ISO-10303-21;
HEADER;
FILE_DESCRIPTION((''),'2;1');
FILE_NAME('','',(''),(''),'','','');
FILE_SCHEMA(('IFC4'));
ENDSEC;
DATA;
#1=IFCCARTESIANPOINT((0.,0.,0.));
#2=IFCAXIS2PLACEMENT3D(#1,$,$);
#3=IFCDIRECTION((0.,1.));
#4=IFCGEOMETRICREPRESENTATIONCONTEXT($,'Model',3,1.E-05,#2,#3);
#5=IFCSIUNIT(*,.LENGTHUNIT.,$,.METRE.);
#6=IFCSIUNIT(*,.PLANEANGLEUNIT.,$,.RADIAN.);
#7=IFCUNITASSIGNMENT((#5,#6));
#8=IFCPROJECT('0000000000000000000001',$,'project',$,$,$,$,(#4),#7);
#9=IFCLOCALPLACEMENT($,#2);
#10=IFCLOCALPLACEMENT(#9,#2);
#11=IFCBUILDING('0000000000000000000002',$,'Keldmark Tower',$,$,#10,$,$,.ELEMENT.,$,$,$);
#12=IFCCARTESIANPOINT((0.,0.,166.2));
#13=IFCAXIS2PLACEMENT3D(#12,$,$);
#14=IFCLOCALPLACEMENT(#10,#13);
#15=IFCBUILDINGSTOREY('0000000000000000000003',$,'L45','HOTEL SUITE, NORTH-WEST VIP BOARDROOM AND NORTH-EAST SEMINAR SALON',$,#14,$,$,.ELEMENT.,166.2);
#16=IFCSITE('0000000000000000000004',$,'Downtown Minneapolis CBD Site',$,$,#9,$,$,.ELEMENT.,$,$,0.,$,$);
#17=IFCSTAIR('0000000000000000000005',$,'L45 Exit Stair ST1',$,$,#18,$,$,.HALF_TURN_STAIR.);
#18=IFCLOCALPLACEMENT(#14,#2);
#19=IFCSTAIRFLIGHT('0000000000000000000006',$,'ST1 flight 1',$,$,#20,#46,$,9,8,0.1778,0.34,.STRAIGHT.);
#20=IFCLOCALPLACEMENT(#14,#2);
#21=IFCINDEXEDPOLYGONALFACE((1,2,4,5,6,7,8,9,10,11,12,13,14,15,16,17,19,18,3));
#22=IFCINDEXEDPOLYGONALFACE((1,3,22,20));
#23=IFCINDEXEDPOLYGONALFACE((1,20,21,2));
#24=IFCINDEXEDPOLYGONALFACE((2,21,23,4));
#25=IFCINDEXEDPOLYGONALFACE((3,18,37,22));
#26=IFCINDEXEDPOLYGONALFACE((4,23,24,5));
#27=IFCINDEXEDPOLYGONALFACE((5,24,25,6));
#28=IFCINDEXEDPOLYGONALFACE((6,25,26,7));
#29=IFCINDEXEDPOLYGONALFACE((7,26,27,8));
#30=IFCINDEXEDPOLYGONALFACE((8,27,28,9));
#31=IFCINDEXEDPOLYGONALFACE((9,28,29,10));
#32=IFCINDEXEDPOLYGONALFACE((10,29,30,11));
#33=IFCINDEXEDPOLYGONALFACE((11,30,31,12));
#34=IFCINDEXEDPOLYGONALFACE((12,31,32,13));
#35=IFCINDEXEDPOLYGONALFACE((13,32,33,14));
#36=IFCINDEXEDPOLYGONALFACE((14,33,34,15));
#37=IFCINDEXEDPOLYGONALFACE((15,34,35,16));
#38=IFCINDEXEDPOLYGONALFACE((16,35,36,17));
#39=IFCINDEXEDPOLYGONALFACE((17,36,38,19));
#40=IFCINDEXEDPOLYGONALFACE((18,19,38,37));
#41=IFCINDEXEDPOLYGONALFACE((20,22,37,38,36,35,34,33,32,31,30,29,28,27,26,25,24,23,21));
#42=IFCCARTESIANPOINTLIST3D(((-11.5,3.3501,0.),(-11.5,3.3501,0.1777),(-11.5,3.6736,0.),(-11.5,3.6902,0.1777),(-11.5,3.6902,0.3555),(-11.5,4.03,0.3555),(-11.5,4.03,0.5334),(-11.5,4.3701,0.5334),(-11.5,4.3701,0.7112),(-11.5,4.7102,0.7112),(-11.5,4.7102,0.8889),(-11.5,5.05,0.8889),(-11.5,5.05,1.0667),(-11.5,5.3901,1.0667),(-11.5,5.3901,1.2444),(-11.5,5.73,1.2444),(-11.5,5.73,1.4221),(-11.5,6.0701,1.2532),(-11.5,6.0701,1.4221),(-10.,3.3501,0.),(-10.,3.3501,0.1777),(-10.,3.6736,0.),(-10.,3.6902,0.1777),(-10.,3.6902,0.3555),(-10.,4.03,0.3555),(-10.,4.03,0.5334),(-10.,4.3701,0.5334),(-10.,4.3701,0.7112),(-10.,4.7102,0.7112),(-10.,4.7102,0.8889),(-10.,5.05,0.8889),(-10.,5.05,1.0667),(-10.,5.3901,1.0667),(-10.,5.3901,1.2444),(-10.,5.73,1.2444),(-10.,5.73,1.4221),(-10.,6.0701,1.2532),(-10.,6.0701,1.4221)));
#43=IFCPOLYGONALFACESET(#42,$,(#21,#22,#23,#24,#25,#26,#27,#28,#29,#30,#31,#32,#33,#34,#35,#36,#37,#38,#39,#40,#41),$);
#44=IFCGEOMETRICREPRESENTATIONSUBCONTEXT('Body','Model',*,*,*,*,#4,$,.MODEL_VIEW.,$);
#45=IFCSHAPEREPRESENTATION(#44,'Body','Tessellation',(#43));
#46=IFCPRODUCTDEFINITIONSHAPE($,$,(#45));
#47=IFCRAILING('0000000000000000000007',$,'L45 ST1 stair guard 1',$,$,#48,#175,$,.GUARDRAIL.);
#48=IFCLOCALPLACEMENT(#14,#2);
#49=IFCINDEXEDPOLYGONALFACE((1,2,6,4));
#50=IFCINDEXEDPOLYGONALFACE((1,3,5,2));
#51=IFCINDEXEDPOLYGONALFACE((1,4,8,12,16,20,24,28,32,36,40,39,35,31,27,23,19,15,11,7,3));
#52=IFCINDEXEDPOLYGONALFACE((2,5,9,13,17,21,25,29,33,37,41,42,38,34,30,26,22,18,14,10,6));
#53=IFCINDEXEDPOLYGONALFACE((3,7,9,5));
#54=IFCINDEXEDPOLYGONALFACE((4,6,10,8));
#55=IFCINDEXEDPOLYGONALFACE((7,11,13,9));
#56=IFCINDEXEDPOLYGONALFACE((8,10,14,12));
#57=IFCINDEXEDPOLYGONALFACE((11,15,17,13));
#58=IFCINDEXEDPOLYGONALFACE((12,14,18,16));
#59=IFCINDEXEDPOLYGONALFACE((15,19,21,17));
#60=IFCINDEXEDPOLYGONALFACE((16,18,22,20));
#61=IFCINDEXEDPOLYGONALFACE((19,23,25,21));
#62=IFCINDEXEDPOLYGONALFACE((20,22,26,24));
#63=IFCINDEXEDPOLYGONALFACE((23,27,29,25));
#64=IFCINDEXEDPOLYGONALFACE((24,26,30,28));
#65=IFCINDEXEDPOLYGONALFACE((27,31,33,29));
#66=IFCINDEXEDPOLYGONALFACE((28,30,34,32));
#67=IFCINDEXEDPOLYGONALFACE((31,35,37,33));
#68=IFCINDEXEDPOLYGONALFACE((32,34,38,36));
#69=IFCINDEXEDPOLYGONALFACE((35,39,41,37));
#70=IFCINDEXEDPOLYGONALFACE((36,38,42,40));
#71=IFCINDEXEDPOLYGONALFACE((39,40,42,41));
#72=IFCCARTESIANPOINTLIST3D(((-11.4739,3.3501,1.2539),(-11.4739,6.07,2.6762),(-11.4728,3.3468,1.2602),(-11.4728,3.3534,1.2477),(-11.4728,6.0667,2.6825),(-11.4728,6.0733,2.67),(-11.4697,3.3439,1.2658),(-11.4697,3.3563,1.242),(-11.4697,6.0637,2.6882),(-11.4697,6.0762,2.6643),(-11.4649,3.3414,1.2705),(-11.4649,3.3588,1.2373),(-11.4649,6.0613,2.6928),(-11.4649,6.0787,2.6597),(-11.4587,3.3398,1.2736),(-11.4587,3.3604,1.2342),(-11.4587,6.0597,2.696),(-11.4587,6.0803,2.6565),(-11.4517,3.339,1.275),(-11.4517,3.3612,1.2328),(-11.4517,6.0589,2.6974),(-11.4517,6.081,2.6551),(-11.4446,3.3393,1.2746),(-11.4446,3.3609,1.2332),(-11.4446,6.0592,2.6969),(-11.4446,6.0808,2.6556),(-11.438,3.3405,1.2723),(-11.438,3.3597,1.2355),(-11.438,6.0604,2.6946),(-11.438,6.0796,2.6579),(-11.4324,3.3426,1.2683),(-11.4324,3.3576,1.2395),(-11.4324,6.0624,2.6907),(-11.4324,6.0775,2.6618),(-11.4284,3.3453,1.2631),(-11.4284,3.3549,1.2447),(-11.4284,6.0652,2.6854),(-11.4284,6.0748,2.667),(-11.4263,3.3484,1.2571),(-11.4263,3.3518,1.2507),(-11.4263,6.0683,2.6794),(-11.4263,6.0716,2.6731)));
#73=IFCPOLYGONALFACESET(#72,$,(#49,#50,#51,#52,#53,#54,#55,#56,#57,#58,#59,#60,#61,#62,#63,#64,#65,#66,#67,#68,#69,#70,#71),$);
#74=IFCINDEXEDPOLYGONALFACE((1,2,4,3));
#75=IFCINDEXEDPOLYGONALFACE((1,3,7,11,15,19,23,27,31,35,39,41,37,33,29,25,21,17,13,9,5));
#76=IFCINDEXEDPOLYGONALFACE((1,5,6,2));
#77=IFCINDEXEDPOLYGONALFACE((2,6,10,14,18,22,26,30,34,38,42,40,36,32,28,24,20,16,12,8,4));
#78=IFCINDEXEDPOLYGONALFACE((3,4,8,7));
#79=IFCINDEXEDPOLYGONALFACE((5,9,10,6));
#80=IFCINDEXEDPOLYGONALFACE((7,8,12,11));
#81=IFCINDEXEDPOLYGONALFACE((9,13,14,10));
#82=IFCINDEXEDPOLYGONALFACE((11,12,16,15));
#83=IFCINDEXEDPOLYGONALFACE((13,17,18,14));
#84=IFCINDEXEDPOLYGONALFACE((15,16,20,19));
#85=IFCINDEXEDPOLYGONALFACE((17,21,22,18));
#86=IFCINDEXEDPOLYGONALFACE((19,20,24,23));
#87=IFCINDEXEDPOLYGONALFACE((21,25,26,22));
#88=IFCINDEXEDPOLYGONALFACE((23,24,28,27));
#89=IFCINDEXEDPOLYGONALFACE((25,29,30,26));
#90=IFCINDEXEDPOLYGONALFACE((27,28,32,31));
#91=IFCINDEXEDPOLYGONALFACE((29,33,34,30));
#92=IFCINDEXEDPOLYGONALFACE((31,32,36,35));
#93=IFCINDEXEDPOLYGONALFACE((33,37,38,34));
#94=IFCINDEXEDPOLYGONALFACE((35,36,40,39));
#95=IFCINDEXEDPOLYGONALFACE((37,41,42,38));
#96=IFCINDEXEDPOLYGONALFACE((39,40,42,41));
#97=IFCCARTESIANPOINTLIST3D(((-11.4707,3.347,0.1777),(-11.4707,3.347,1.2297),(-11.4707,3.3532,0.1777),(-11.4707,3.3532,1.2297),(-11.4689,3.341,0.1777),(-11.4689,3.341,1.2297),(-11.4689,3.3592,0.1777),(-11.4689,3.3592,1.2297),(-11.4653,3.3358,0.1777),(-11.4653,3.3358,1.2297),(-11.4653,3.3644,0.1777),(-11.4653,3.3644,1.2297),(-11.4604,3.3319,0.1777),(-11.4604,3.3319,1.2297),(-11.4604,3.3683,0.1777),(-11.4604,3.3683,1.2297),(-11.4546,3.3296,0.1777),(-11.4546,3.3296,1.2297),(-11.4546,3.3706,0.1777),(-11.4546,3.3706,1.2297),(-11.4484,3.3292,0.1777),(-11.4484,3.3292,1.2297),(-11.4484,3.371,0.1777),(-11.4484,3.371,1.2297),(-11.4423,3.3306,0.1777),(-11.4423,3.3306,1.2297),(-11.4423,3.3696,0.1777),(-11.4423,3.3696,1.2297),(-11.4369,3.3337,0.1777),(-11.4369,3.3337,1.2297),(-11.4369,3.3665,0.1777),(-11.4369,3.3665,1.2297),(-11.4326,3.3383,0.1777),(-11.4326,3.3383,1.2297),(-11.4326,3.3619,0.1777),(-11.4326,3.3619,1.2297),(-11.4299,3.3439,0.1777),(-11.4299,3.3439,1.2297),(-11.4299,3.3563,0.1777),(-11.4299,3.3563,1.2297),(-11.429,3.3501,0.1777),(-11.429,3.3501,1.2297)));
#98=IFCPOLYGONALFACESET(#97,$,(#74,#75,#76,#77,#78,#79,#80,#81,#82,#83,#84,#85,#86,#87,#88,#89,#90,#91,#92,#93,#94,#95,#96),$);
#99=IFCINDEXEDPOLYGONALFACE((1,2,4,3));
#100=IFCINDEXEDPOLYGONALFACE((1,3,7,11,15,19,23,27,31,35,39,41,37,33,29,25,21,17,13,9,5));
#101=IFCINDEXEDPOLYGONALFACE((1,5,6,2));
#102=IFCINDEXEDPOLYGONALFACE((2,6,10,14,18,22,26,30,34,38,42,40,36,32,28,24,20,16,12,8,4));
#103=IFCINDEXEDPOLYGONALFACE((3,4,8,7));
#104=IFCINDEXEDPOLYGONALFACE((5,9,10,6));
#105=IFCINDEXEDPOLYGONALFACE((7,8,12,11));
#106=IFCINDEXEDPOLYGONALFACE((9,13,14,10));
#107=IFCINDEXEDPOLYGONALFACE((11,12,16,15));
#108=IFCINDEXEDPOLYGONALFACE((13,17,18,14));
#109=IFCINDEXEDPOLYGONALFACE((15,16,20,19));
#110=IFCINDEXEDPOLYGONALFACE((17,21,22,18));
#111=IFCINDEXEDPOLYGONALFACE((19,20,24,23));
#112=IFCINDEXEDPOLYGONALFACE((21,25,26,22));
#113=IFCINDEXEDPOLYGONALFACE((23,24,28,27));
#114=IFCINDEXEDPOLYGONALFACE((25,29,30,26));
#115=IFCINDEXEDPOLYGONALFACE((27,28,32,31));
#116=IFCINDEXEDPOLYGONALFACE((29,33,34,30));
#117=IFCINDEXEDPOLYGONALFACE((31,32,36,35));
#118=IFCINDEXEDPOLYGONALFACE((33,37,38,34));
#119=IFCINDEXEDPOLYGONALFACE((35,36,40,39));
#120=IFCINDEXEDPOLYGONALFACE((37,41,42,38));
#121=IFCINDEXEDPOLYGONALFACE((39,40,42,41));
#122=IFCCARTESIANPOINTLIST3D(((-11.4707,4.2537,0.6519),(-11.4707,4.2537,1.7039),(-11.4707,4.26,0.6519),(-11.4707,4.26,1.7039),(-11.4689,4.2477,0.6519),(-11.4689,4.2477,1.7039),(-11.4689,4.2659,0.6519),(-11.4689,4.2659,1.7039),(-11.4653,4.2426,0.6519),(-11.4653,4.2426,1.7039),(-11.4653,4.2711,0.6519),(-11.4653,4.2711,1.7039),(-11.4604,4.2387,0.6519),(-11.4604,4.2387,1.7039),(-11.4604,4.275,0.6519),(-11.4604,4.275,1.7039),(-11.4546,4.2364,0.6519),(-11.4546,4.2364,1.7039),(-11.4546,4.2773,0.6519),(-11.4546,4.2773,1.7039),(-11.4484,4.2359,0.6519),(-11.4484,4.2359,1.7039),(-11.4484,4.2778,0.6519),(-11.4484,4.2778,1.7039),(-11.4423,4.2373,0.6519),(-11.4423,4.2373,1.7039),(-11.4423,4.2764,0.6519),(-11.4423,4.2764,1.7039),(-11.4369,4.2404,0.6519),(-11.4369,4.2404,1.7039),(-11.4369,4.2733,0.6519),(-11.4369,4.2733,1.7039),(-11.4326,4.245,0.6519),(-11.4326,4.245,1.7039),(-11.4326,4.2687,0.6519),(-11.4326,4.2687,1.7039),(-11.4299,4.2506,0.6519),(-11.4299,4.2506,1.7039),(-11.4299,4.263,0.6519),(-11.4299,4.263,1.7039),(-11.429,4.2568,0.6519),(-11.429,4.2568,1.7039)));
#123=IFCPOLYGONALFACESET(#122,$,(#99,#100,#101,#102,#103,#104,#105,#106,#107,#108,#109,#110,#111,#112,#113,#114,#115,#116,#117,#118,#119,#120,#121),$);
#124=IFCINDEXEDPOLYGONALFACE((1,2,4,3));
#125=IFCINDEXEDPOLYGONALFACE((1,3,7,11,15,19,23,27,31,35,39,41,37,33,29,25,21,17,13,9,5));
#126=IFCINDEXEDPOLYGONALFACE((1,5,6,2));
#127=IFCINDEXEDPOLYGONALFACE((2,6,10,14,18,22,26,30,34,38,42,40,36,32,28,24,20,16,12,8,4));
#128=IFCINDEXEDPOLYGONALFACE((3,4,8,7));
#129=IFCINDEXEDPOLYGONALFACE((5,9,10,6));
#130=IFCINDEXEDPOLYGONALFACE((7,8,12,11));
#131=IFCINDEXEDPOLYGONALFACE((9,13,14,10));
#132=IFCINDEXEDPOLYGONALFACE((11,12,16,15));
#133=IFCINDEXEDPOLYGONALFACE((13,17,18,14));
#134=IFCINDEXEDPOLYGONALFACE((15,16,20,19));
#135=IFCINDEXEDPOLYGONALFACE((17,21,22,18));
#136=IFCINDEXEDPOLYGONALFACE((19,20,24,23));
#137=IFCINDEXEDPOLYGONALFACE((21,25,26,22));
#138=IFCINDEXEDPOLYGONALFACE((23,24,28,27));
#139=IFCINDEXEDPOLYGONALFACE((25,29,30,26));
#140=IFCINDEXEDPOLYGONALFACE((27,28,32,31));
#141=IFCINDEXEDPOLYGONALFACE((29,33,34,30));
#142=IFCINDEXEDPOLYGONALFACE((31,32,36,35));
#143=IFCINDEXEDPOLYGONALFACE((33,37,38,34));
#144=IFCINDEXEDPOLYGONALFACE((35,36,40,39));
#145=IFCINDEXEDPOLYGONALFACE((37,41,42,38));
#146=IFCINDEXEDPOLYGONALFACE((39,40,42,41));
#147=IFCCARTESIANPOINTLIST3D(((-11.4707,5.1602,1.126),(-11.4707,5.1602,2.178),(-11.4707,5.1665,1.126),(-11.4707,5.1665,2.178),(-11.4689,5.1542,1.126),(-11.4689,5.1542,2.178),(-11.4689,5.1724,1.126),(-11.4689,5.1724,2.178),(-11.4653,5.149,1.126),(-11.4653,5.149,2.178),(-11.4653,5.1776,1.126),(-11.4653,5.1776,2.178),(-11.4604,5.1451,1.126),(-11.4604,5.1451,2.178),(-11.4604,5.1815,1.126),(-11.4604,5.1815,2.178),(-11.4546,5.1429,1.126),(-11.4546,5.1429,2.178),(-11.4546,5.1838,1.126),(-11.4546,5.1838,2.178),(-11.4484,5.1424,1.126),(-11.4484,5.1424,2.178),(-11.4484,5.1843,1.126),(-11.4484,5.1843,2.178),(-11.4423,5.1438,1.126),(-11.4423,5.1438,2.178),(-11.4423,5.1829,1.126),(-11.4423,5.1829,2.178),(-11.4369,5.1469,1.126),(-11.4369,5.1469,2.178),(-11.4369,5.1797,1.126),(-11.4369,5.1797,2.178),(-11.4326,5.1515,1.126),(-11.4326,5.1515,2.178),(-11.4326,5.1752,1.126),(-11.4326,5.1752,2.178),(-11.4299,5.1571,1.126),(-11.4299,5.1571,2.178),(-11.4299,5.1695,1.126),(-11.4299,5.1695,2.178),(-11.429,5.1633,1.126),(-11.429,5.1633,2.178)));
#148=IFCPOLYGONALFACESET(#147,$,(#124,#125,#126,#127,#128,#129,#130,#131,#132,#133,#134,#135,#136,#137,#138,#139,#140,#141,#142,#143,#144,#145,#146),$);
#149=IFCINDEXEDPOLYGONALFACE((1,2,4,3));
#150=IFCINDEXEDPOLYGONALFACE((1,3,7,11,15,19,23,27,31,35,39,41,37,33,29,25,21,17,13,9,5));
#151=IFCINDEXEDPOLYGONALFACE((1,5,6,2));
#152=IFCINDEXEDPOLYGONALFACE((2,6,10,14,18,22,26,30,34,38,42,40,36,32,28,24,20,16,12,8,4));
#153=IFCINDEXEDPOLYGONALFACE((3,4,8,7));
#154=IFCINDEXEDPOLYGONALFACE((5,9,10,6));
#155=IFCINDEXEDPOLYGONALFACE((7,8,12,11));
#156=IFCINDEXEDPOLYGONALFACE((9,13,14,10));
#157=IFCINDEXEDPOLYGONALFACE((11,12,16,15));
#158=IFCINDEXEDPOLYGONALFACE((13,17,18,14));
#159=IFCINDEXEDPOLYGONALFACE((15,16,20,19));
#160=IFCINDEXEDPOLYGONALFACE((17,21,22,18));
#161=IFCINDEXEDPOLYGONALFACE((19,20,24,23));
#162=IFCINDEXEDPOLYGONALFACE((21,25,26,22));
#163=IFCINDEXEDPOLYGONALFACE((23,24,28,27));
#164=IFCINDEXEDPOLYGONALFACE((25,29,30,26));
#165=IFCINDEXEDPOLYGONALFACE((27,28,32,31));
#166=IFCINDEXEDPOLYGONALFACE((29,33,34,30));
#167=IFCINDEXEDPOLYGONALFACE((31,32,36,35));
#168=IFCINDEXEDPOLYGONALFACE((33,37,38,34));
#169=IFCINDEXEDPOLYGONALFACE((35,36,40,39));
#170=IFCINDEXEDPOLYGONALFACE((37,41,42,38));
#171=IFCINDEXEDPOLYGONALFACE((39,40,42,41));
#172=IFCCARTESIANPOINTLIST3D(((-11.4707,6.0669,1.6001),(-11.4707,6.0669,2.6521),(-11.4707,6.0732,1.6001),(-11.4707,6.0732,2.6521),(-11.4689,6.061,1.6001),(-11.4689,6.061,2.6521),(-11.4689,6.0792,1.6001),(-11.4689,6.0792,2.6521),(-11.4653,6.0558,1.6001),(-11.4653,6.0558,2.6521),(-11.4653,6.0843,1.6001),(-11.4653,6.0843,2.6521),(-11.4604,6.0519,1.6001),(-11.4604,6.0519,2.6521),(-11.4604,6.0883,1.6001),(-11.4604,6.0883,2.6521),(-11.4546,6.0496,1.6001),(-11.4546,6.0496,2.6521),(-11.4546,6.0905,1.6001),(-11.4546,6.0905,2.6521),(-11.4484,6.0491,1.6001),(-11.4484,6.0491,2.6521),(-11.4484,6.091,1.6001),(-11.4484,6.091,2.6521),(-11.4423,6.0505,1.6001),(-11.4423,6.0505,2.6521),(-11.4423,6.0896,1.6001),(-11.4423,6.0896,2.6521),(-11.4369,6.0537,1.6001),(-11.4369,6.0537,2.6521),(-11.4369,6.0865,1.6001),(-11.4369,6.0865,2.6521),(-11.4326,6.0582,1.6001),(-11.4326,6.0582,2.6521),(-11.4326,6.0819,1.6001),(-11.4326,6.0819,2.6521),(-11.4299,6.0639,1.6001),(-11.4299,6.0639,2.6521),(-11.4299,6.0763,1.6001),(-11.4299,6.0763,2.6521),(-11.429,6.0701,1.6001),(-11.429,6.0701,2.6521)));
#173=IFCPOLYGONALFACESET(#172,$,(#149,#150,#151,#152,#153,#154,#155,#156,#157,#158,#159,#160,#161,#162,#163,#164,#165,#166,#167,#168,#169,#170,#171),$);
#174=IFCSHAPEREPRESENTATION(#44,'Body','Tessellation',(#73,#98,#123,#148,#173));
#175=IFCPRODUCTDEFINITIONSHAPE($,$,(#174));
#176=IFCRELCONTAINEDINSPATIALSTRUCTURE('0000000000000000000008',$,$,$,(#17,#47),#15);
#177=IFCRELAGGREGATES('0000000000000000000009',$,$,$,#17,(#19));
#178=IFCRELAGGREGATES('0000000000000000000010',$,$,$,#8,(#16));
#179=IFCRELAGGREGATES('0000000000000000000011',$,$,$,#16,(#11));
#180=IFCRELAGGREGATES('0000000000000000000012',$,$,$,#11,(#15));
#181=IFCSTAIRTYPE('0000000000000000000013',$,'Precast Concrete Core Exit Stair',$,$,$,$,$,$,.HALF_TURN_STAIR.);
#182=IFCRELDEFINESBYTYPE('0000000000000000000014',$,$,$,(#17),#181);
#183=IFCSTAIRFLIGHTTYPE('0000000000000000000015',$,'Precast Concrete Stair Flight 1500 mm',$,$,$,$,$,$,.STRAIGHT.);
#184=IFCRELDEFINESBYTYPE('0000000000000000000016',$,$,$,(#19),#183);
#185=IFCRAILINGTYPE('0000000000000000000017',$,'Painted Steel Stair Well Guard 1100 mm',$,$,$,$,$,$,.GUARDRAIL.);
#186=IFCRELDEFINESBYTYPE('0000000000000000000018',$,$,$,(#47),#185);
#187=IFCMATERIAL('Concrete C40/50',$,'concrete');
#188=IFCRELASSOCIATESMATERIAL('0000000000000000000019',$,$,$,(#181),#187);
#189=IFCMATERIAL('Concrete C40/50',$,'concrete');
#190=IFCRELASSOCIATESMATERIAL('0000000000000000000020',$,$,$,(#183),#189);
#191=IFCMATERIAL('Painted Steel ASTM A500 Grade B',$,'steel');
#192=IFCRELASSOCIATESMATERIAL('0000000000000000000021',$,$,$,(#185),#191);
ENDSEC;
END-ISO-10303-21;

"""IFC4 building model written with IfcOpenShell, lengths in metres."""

from ifc_helpers import new_model, si_unit, direction, frame, origin, origin_2d, place, context, subcontext, project, spatial, polyline, circle, outline, extrude, material, type_object, element, aggregate, save


model = new_model("IFC4")

# Units and contexts
model_context = context("Model", 3, precision=1e-05, world=origin(), true_north=direction((0.0, 1.0)))
body_context = subcontext(model_context, "Body", "Model", "MODEL_VIEW")
ifc_project = project(units=[si_unit("LENGTHUNIT", "METRE"), si_unit("PLANEANGLEUNIT", "RADIAN")], contexts=[model_context])

# Site, building, storey
site_placement = place(None, origin())
site = spatial("IfcSite", under=ifc_project, at=site_placement, Name="Downtown Minneapolis CBD Site", CompositionType="ELEMENT", RefElevation=0.0)
building_placement = place(site_placement, origin())
building = spatial("IfcBuilding", under=site, at=building_placement, Name="Keldmark Tower", CompositionType="ELEMENT")
storey_placement = place(building_placement, frame((0.0, 0.0, 166.2)))
storey = spatial("IfcBuildingStorey", under=building, at=storey_placement, Name="L45", Description="HOTEL SUITE, NORTH-WEST VIP BOARDROOM AND NORTH-EAST SEMINAR SALON", CompositionType="ELEMENT", Elevation=166.2)

# Stair, stair flight
ifc_material_1 = material(Name="Concrete C40/50", Category="concrete")
stair_type = type_object("IfcStairType", Name="Precast Concrete Core Exit Stair", PredefinedType="HALF_TURN_STAIR", material=ifc_material_1)
stair_placement = place(storey_placement, origin())
stair = element("IfcStair", 1, at=stair_placement, inside=storey, type_object=stair_type, Name="L45 Exit Stair ST1", PredefinedType="HALF_TURN_STAIR")
ifc_material_2 = material(Name="Concrete C40/50", Category="concrete")
stair_flight_type = type_object("IfcStairFlightType", Name="Precast Concrete Stair Flight 1500 mm", PredefinedType="STRAIGHT", material=ifc_material_2)
stair_flight_placement = place(storey_placement, frame((-10.75, 3.3501, 0.0), z_axis=(0.0, 0.0, 1.0), x_axis=(0.0, 1.0, 0.0)))
stair_flight = element("IfcStairFlight", 2, at=stair_flight_placement, type_object=stair_flight_type, Name="ST1 flight 1", NumberOfRisers=9, NumberOfTreads=8, PredefinedType="STRAIGHT", RiserHeight=0.1778, TreadLength=0.34, context=body_context, shape_type="SweptSolid", body=[
    extrude(outline(polyline([(0.0, 0.0), (0.0, 0.1777), (0.3401, 0.1777), (0.3401, 0.3555), (0.6799, 0.3555), (0.6799, 0.5334), (1.02, 0.5334), (1.02, 0.7112), (1.3601, 0.7112), (1.3601, 0.8889), (1.7, 0.8889), (1.7, 1.0667), (2.04, 1.0667), (2.04, 1.2444), (2.3799, 1.2444), (2.3799, 1.4221), (2.72, 1.4221), (2.72, 1.6001), (2.72, 1.2532), (0.3235, 0.0), (0.0, 0.0)])), frame((0.0, 0.75, 0.0), z_axis=(0.0, -1.0, 0.0), x_axis=(1.0, 0.0, 0.0)), (0.0, 0.0, 1.0), 1.5),
])
aggregate(stair, [stair_flight])

# Railing
ifc_material_3 = material(Name="Painted Steel ASTM A500 Grade B", Category="steel")
railing_type_1 = type_object("IfcRailingType", Name="Painted Steel Stair Well Guard 1100 mm", PredefinedType="GUARDRAIL", material=ifc_material_3)
railing_1_placement = place(storey_placement, frame((-11.45, 3.3501, 0.1777)))
element("IfcRailing", 3, at=railing_1_placement, inside=storey, type_object=railing_type_1, Name="L45 ST1 stair guard 1", PredefinedType="GUARDRAIL", context=body_context, shape_type="SweptSolid", body=[
    extrude(circle(Radius=0.0239, at=origin_2d()), frame((0.0, 0.0, 1.0762), z_axis=(0.0, 0.88615, 0.463398), x_axis=(-1.0, 0.0, 0.0)), (0.0, 0.0, 1.0), 3.0693),
    extrude(circle(Radius=0.021, at=origin_2d()), origin(), (0.0, 0.0, 1.0), 1.052),
    extrude(circle(Radius=0.021, at=origin_2d()), frame((0.0, 0.9067, 0.4741)), (0.0, 0.0, 1.0), 1.052),
    extrude(circle(Radius=0.021, at=origin_2d()), frame((0.0, 1.8132, 0.9482)), (0.0, 0.0, 1.0), 1.052),
    extrude(circle(Radius=0.021, at=origin_2d()), frame((0.0, 2.72, 1.4224)), (0.0, 0.0, 1.0), 1.052),
])

save(model, "model.ifc")
